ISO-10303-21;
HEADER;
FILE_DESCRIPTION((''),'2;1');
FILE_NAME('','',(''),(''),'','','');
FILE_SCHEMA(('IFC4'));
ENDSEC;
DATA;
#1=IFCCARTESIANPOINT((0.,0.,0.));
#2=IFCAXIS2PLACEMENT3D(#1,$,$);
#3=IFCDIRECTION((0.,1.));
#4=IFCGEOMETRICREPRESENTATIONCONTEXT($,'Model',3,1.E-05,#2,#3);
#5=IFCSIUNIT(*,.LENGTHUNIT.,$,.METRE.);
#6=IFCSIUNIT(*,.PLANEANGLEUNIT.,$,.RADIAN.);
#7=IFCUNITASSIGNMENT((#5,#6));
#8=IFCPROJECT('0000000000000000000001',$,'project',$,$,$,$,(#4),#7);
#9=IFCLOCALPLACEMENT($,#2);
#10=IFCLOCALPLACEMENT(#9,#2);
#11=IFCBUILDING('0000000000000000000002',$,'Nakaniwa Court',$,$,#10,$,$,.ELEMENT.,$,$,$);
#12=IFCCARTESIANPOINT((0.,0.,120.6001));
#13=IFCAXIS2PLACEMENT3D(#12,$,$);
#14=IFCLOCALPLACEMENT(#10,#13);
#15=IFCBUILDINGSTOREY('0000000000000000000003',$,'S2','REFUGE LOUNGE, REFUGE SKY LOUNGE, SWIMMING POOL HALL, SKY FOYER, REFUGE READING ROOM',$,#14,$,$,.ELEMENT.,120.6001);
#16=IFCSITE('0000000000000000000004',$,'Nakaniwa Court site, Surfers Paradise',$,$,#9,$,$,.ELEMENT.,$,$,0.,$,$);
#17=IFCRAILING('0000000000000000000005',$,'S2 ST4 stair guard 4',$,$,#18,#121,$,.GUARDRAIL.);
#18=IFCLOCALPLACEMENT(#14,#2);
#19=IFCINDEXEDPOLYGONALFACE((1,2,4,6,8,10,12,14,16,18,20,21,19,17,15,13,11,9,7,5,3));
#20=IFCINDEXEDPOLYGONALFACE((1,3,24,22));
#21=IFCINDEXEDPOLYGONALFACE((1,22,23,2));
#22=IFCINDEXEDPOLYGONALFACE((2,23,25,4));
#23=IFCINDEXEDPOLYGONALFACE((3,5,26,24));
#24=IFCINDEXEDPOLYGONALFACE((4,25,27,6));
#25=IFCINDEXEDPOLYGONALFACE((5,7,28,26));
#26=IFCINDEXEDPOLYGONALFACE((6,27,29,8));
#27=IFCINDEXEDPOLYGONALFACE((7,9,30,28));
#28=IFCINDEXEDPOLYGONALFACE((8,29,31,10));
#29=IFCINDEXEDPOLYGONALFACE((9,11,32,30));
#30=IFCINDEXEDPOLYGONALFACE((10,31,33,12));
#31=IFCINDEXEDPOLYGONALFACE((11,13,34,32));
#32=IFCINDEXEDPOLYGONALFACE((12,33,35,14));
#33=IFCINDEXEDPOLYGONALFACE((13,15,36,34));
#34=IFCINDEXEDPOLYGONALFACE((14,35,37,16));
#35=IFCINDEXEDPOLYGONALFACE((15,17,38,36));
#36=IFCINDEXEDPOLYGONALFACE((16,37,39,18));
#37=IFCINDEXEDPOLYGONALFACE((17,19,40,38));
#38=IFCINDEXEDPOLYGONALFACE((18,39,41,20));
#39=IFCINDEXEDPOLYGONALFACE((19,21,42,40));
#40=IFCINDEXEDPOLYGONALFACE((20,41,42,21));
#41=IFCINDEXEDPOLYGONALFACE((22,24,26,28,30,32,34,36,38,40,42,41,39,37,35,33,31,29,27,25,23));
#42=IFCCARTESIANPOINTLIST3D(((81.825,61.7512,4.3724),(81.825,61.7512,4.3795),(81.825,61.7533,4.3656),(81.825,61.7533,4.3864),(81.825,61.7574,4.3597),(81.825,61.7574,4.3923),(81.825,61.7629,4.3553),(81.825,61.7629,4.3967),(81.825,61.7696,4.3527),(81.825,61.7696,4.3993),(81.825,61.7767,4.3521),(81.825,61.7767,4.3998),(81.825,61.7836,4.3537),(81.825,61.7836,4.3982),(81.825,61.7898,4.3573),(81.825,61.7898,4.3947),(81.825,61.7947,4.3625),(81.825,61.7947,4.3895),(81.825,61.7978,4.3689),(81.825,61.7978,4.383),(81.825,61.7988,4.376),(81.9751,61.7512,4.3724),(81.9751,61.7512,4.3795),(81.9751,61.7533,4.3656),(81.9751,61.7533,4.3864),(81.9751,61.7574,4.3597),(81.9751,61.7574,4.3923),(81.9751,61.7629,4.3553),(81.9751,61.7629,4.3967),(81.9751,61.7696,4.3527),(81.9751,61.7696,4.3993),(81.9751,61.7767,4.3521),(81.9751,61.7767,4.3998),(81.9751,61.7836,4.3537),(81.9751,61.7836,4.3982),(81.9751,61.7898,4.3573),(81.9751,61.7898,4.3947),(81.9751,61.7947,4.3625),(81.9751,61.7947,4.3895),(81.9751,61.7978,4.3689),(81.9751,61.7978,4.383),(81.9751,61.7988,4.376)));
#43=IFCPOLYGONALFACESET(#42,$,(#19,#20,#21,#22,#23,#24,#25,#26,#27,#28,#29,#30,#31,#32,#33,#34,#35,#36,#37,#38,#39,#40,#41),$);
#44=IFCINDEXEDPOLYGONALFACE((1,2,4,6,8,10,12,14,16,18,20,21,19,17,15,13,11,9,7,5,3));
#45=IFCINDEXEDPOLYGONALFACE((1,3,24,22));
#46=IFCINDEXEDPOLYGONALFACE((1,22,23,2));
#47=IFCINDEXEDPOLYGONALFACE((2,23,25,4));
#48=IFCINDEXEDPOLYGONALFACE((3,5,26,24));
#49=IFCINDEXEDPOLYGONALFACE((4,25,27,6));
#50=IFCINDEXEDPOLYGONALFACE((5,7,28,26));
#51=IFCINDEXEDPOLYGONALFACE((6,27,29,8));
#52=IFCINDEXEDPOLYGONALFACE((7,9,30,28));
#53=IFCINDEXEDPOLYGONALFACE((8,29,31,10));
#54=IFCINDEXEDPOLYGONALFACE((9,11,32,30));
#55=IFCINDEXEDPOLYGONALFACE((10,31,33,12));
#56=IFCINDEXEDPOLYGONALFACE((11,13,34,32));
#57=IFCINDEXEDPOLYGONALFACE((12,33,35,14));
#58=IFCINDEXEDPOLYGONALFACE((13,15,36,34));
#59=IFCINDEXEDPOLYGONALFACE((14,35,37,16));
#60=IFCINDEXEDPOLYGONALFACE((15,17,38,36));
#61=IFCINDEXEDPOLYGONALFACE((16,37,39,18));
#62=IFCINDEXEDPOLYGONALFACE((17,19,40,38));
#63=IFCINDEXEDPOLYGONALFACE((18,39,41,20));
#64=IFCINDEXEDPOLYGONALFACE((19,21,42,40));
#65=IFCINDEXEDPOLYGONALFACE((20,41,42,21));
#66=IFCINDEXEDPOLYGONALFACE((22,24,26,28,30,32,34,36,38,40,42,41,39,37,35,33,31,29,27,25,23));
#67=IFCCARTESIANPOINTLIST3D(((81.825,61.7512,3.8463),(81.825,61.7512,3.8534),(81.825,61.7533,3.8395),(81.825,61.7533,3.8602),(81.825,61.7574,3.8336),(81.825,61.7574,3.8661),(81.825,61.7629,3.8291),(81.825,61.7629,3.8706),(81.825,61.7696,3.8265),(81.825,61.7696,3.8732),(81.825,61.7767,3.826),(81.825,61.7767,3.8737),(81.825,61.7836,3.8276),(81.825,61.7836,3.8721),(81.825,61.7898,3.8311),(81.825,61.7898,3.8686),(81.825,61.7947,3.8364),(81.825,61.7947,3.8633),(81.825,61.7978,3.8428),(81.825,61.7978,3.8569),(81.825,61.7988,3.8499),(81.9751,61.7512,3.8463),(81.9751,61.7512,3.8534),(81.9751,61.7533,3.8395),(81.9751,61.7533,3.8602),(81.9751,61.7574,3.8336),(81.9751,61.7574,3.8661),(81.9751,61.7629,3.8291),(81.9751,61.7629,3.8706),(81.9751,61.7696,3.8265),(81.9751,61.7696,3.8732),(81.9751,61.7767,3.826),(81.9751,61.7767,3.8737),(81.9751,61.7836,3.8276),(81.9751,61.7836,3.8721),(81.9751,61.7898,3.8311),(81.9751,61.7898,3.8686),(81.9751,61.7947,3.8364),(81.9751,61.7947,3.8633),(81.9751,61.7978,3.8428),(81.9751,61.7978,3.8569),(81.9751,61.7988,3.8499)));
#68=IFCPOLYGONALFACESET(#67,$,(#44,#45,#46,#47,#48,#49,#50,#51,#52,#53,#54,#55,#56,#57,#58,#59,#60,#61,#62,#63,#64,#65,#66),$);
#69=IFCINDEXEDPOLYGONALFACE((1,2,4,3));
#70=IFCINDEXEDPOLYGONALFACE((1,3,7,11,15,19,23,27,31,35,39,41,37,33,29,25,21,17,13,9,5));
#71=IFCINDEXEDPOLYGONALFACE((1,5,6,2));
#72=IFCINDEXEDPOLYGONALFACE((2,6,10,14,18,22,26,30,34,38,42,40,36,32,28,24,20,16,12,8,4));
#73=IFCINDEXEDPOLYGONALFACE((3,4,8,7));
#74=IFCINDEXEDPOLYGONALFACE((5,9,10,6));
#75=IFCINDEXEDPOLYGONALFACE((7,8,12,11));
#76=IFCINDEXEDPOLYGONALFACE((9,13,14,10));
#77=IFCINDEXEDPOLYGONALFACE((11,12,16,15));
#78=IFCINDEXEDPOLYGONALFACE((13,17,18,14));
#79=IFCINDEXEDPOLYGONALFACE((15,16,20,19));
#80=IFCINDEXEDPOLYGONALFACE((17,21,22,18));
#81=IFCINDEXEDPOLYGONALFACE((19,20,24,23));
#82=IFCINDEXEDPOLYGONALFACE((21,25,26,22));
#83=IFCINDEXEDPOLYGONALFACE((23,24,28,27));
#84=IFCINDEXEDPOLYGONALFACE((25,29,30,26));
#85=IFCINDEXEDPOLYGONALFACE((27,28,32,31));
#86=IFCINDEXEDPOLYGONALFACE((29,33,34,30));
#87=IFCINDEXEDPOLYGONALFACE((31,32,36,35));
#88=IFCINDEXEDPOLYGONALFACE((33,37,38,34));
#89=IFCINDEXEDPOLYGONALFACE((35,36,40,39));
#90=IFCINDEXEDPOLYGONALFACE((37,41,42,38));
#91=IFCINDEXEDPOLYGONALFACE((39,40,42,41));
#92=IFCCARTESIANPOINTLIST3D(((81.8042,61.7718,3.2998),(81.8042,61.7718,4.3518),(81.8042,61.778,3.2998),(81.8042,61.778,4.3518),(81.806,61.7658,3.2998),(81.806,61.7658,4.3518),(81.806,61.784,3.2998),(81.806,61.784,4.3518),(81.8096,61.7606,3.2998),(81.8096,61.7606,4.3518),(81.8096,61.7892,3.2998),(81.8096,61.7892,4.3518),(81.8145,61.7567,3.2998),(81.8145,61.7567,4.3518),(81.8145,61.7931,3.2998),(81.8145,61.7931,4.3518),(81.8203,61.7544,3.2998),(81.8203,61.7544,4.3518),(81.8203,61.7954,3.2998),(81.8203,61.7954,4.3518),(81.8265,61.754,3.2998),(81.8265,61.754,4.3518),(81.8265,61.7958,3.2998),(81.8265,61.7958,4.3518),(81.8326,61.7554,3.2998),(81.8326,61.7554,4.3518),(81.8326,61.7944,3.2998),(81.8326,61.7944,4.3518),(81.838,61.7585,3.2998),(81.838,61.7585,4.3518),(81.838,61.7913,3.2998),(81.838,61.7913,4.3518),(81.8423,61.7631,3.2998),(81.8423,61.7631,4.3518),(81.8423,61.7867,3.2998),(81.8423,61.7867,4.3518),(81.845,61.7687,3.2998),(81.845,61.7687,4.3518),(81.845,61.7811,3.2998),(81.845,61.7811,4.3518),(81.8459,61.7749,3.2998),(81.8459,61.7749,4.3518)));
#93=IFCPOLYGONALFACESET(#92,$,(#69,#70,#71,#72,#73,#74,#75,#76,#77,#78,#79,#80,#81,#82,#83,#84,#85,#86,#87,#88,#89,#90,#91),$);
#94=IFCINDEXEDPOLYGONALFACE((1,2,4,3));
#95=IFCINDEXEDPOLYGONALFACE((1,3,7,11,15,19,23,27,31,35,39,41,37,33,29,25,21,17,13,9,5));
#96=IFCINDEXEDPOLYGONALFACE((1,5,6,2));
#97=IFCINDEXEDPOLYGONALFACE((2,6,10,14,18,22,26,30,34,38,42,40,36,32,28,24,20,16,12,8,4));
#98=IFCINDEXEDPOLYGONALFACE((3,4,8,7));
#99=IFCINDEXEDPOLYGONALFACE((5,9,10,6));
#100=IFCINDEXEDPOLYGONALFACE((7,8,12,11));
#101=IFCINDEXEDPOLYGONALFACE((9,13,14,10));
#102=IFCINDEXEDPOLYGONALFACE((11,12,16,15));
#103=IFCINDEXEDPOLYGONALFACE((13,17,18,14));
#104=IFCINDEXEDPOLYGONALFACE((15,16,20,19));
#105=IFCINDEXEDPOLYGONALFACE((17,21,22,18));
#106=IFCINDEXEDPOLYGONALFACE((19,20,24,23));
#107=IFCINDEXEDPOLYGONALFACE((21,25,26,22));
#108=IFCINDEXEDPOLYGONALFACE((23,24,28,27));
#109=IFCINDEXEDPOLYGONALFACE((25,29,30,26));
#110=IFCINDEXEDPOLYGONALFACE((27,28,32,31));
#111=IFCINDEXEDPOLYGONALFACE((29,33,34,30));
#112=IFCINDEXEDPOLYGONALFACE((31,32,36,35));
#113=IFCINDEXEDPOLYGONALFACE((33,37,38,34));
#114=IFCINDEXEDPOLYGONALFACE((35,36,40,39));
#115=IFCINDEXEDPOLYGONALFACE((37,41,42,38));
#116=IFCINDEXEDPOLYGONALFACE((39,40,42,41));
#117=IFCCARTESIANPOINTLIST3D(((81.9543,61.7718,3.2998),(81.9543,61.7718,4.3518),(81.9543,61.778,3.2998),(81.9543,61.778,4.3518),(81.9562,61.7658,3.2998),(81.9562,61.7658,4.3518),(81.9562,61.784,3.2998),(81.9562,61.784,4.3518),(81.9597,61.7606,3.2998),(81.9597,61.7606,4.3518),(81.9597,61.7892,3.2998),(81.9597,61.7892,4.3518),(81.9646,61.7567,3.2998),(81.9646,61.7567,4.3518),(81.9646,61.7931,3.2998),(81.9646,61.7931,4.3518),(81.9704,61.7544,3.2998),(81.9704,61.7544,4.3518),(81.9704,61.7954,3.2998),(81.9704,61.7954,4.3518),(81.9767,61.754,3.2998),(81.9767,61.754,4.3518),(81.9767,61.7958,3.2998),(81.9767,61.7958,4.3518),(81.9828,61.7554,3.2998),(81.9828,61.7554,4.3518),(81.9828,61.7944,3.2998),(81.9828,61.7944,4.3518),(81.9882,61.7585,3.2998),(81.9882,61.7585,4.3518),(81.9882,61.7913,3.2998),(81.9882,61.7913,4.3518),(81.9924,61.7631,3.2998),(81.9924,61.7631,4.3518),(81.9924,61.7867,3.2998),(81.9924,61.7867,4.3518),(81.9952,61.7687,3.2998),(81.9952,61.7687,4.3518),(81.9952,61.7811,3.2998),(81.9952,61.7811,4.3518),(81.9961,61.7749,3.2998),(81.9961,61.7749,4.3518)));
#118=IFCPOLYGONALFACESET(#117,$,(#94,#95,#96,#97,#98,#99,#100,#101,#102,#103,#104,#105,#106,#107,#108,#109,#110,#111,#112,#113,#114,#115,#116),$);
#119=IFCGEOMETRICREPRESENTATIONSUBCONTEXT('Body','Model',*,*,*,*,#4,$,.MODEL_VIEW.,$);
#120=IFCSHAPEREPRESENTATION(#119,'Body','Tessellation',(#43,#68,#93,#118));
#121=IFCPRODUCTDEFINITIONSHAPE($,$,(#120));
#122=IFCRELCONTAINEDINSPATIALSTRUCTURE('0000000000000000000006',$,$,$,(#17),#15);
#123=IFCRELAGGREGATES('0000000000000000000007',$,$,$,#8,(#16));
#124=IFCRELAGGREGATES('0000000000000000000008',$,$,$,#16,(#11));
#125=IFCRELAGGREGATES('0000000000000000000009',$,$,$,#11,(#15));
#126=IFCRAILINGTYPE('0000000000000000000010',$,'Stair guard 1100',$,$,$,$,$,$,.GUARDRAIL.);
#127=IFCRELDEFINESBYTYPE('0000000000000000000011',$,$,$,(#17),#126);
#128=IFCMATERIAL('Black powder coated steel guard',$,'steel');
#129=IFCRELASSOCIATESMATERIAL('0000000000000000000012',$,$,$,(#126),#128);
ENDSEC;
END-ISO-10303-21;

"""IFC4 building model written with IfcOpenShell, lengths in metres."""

from ifc_helpers import new_model, si_unit, direction, frame, origin, origin_2d, place, context, subcontext, project, spatial, circle, extrude, material, type_object, element, save


model = new_model("IFC4")

# Units and contexts
model_context = context("Model", 3, precision=1e-05, world=origin(), true_north=direction((0.0, 1.0)))
body_context = subcontext(model_context, "Body", "Model", "MODEL_VIEW")
ifc_project = project(units=[si_unit("LENGTHUNIT", "METRE"), si_unit("PLANEANGLEUNIT", "RADIAN")], contexts=[model_context])

# Site, building, storey
site_placement = place(None, origin())
site = spatial("IfcSite", under=ifc_project, at=site_placement, Name="Nakaniwa Court site, Surfers Paradise", CompositionType="ELEMENT", RefElevation=0.0)
building_placement = place(site_placement, origin())
building = spatial("IfcBuilding", under=site, at=building_placement, Name="Nakaniwa Court", CompositionType="ELEMENT")
storey_placement = place(building_placement, frame((0.0, 0.0, 120.6001)))
storey = spatial("IfcBuildingStorey", under=building, at=storey_placement, Name="S2", Description="REFUGE LOUNGE, REFUGE SKY LOUNGE, SWIMMING POOL HALL, SKY FOYER, REFUGE READING ROOM", CompositionType="ELEMENT", Elevation=120.6001)

# Railing
ifc_material_1 = material(Name="Black powder coated steel guard", Category="steel")
railing_type_1 = type_object("IfcRailingType", Name="Stair guard 1100", PredefinedType="GUARDRAIL", material=ifc_material_1)
railing_1_placement = place(storey_placement, frame((81.825, 61.7749, 3.2998)))
element("IfcRailing", 1, at=railing_1_placement, inside=storey, type_object=railing_type_1, Name="S2 ST4 stair guard 4", PredefinedType="GUARDRAIL", context=body_context, shape_type="SweptSolid", body=[
    extrude(circle(Radius=0.0239, at=origin_2d()), frame((0.0, 0.0, 1.0762), z_axis=(1.0, 0.0, 0.0), x_axis=(0.0, 1.0, 0.0)), (0.0, 0.0, 1.0), 0.1501),
    extrude(circle(Radius=0.0239, at=origin_2d()), frame((0.0, 0.0, 0.55), z_axis=(1.0, 0.0, 0.0), x_axis=(0.0, 1.0, 0.0)), (0.0, 0.0, 1.0), 0.1501),
    extrude(circle(Radius=0.021, at=origin_2d()), origin(), (0.0, 0.0, 1.0), 1.052),
    extrude(circle(Radius=0.021, at=origin_2d()), frame((0.1501, 0.0, 0.0)), (0.0, 0.0, 1.0), 1.052),
])

save(model, "model.ifc")
